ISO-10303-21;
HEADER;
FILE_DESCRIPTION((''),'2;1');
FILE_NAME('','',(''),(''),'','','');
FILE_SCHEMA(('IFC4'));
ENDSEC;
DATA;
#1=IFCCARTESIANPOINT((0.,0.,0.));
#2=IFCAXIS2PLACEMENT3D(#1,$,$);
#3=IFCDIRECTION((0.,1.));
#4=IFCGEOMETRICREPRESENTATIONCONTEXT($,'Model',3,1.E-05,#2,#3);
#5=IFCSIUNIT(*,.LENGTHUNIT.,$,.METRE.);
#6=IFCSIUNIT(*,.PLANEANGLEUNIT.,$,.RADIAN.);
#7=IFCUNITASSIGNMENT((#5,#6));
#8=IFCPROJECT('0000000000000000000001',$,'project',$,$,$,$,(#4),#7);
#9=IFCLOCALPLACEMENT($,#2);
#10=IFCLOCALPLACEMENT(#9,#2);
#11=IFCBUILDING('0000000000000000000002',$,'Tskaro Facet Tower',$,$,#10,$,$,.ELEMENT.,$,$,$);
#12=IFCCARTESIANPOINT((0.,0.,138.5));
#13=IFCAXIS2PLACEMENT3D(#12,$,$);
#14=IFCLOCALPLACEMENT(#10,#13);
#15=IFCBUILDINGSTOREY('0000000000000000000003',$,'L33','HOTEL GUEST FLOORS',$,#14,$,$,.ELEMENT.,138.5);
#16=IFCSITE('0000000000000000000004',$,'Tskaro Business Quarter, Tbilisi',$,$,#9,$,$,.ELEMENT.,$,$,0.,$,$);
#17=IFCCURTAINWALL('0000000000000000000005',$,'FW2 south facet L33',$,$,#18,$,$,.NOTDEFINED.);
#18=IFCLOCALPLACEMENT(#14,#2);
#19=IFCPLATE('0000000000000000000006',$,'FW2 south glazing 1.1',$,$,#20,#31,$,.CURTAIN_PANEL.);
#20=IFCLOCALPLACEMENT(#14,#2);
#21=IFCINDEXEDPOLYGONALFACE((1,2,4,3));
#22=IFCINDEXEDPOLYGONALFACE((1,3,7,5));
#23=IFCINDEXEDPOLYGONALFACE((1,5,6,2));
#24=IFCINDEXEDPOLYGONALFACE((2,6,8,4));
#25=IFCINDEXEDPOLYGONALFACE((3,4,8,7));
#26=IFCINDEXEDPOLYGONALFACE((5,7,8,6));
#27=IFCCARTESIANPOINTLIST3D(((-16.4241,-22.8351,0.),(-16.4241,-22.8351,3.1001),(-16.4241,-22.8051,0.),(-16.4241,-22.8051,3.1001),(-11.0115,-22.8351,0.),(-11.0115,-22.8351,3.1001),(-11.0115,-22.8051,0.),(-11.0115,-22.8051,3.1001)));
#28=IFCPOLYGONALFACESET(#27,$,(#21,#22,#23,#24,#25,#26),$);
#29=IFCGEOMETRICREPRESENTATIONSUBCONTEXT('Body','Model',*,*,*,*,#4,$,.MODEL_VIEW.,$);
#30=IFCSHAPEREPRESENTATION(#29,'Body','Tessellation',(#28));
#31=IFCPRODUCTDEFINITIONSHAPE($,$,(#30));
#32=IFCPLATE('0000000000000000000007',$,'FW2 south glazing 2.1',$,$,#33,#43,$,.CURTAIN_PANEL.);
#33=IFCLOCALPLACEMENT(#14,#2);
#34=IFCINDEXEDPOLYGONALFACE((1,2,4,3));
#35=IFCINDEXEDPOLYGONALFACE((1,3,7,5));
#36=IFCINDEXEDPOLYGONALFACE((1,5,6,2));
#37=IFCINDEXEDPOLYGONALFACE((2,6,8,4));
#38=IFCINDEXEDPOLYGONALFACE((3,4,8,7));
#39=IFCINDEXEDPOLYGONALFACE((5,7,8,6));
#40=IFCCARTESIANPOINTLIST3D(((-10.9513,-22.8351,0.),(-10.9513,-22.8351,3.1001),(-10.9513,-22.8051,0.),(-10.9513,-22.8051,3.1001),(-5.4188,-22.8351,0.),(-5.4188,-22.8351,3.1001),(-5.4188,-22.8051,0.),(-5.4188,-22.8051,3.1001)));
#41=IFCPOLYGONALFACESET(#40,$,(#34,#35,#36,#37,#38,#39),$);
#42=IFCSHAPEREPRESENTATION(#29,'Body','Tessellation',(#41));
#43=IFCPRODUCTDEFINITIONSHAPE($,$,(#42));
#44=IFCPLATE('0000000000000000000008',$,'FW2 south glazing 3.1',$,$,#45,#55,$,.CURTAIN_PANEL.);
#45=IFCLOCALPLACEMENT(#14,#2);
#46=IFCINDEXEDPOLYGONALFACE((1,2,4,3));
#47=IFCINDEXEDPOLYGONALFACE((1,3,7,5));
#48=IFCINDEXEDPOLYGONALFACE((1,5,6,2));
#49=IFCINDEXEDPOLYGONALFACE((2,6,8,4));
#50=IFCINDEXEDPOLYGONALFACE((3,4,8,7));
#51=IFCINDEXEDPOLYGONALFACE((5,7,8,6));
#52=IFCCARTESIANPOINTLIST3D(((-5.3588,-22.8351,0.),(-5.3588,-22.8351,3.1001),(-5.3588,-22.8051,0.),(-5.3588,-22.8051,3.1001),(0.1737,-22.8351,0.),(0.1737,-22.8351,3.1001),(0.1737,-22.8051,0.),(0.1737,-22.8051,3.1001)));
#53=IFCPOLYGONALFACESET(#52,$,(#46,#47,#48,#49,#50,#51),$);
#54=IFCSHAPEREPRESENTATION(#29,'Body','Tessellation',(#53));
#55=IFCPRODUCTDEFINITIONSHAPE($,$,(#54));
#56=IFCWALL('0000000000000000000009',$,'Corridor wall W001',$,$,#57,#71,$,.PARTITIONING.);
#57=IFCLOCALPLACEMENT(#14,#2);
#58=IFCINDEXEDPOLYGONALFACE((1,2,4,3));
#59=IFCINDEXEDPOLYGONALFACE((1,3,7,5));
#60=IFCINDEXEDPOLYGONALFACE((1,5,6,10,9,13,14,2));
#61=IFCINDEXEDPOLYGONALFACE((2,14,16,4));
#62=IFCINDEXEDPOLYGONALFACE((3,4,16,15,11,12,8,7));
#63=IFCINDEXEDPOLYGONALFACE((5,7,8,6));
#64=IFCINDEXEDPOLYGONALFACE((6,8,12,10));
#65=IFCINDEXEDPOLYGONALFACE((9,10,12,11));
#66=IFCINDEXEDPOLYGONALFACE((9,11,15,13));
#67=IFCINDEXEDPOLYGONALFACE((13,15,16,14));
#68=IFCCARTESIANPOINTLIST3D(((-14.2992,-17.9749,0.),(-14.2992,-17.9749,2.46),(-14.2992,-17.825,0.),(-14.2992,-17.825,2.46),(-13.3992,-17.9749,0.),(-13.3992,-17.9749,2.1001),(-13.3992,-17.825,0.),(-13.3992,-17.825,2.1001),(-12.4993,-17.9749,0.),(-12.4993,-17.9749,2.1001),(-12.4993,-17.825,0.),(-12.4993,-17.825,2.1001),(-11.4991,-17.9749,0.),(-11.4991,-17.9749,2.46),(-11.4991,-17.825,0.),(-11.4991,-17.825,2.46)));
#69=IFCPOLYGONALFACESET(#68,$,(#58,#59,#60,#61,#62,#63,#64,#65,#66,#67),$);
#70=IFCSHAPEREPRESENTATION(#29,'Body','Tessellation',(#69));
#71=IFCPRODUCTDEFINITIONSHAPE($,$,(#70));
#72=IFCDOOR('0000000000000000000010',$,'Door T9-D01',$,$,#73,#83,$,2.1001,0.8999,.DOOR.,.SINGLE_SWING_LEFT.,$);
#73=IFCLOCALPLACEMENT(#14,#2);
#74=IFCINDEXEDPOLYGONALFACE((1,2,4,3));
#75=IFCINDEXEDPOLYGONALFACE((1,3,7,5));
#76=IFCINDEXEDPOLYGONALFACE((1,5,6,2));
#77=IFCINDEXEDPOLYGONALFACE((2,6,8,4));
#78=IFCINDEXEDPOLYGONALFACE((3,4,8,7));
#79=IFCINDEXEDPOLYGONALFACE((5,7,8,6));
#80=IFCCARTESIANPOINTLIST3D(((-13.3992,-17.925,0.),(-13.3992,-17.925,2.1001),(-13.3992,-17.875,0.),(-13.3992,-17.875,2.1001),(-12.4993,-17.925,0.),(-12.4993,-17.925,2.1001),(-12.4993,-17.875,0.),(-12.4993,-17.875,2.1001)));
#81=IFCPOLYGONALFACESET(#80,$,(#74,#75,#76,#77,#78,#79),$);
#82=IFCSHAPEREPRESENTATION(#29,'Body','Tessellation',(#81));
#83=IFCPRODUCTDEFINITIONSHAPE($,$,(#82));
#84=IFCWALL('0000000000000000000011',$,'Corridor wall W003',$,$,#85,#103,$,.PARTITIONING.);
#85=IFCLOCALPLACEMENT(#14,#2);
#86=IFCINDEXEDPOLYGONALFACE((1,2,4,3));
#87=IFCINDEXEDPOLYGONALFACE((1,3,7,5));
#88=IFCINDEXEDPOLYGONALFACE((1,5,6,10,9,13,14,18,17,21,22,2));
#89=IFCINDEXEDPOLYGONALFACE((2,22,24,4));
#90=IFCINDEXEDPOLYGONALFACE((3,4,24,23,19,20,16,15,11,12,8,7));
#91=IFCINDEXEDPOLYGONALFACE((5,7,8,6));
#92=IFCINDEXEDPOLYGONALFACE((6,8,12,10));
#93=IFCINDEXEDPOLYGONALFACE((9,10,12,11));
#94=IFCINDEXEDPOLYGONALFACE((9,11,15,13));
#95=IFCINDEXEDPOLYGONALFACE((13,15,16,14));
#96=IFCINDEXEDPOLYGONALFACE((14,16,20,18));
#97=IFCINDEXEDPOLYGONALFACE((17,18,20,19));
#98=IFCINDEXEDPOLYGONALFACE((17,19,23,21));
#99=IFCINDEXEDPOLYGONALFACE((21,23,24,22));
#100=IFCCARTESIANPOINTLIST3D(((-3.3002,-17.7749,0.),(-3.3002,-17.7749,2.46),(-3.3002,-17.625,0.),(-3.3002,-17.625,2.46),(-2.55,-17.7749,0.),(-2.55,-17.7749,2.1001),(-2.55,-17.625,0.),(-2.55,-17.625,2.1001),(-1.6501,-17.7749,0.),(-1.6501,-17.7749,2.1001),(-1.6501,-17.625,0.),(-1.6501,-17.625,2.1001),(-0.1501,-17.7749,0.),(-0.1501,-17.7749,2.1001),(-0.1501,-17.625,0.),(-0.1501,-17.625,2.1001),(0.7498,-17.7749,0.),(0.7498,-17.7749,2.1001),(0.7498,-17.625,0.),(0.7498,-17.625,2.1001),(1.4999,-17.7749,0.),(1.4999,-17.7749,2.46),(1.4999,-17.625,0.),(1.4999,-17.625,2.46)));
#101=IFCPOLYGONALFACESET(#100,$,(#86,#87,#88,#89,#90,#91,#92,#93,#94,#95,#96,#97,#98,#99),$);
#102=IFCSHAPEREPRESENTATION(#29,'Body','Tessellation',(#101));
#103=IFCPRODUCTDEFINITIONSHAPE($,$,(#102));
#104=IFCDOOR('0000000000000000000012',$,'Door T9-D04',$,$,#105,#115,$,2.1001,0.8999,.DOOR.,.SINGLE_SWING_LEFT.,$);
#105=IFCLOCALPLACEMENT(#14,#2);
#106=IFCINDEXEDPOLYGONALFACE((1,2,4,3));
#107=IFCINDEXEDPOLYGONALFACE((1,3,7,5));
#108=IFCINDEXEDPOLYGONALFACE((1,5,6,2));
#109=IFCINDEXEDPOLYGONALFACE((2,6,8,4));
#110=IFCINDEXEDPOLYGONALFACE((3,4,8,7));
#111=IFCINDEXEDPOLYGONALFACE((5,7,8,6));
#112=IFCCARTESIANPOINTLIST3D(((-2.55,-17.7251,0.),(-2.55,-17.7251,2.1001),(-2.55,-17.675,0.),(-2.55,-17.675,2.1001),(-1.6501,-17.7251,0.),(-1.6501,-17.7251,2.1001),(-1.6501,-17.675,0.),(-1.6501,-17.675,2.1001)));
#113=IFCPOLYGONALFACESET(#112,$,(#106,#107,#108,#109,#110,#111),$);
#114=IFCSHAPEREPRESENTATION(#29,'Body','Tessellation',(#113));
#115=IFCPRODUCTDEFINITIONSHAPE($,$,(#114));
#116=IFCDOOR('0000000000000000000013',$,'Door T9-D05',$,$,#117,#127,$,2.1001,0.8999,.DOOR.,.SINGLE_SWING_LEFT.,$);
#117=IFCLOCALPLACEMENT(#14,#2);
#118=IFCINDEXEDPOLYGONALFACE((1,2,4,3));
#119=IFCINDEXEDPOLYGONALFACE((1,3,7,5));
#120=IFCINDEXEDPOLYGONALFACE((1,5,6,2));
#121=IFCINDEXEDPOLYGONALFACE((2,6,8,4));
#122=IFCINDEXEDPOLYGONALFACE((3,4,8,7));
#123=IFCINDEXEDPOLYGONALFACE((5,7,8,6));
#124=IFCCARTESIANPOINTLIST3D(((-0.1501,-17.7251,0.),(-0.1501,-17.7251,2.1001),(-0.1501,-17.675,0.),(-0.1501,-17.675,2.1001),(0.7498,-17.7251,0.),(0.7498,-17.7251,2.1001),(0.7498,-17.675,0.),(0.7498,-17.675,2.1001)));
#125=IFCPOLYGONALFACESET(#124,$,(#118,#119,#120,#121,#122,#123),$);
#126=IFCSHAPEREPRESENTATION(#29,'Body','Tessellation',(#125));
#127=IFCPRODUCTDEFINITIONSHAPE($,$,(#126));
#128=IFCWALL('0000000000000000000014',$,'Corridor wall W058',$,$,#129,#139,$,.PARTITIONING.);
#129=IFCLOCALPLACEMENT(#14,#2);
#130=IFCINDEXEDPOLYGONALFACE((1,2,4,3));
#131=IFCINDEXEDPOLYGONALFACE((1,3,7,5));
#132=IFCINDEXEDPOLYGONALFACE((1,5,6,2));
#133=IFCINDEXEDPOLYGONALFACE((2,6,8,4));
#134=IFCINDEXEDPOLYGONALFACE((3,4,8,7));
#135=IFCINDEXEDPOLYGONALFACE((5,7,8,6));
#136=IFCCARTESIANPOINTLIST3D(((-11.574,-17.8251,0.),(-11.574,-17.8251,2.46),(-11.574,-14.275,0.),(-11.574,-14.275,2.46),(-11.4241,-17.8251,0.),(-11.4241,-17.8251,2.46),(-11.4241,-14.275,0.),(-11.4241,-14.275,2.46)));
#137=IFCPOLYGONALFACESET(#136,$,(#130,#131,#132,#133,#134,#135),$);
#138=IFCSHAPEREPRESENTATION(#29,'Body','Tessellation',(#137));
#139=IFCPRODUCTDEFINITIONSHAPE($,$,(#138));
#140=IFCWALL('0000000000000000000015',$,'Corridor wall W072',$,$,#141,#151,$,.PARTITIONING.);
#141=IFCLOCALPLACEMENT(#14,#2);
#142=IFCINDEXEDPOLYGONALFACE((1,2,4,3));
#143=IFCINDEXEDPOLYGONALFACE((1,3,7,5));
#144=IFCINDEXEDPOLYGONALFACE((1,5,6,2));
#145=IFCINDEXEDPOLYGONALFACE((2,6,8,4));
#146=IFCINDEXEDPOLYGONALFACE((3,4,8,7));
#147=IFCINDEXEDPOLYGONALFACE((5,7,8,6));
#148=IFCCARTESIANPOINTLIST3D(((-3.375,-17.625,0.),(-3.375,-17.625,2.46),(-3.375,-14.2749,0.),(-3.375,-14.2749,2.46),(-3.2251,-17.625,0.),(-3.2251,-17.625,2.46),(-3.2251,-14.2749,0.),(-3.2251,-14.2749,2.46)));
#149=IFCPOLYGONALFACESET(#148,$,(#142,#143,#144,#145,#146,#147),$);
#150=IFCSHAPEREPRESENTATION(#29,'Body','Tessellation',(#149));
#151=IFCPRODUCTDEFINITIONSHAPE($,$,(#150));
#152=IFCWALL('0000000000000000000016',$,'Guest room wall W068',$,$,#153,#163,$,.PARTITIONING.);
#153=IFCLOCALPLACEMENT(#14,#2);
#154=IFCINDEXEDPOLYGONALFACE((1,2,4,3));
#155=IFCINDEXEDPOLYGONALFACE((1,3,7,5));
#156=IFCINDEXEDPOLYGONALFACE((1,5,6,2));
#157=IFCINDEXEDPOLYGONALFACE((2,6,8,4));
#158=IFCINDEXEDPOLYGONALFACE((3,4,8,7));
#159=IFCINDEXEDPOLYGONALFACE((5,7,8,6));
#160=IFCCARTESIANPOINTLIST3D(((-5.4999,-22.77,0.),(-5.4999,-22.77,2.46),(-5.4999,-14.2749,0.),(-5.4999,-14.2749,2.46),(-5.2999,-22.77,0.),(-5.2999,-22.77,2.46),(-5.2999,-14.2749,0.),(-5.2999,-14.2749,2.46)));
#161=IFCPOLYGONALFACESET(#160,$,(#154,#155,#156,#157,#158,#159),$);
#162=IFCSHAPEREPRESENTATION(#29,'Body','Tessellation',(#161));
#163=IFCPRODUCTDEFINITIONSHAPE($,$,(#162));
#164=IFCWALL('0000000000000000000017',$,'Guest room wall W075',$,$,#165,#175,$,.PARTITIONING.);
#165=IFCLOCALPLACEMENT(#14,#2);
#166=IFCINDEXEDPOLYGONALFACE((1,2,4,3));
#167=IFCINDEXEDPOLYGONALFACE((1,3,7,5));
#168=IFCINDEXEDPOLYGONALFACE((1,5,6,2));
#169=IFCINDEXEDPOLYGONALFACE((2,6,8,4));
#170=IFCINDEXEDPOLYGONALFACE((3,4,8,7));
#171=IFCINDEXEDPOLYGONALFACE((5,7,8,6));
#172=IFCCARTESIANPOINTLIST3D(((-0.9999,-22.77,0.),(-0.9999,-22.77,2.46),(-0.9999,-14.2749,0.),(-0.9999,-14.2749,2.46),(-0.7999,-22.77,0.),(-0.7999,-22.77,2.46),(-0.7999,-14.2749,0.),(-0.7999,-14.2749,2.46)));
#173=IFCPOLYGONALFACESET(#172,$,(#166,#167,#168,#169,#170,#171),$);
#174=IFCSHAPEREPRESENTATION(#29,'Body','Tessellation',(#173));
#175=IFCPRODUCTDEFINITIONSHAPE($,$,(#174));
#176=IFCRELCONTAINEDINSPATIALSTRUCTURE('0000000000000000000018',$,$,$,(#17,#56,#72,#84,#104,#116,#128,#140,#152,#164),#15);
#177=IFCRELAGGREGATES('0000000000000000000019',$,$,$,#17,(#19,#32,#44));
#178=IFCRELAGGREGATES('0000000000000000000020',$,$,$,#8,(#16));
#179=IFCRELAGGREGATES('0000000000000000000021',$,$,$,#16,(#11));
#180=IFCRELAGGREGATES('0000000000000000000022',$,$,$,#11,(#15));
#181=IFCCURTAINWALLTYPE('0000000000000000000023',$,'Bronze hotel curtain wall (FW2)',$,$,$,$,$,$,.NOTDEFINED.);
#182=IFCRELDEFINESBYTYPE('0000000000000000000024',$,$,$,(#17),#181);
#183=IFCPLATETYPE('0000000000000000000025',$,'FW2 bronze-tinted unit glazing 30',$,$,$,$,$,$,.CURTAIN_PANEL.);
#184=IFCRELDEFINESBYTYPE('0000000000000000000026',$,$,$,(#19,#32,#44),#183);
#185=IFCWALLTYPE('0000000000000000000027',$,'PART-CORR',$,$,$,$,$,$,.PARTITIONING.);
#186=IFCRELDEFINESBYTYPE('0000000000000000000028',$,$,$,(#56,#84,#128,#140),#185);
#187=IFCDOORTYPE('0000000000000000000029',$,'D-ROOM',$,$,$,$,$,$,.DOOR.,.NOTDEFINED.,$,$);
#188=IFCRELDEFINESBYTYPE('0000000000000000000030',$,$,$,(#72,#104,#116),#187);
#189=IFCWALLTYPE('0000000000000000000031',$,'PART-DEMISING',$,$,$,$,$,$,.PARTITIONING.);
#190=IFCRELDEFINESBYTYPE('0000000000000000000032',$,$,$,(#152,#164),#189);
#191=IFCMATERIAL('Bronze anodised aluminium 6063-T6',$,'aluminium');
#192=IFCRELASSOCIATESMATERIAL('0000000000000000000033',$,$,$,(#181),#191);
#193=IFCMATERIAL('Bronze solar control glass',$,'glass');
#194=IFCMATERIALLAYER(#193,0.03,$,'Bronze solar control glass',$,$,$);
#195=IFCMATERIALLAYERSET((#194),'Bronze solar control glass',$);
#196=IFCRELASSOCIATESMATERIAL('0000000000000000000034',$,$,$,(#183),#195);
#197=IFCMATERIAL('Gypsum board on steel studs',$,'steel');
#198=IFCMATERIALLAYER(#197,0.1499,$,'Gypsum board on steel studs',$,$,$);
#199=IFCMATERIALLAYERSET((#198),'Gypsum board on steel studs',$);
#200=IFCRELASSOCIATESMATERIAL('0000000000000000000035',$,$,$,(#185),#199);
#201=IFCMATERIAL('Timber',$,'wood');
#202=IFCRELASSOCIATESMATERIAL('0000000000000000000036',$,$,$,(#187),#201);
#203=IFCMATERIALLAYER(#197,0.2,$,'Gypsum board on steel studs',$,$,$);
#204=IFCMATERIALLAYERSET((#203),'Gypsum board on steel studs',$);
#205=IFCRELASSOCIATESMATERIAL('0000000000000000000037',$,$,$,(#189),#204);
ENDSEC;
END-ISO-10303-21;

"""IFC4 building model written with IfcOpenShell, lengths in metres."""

from ifc_helpers import new_model, si_unit, direction, frame, frame_2d, origin, origin_2d, place, context, subcontext, project, spatial, rectangle, extrude, material, layer, layer_set, type_object, element, fill, aggregate, save


model = new_model("IFC4")

# Units and contexts
model_context = context("Model", 3, precision=1e-05, world=origin(), true_north=direction((0.0, 1.0)))
body_context = subcontext(model_context, "Body", "Model", "MODEL_VIEW")
ifc_project = project(units=[si_unit("LENGTHUNIT", "METRE"), si_unit("PLANEANGLEUNIT", "RADIAN")], contexts=[model_context])

# Site, building, storey
site_placement = place(None, origin())
site = spatial("IfcSite", under=ifc_project, at=site_placement, Name="Tskaro Business Quarter, Tbilisi", CompositionType="ELEMENT", RefElevation=0.0)
building_placement = place(site_placement, origin())
building = spatial("IfcBuilding", under=site, at=building_placement, Name="Tskaro Facet Tower", CompositionType="ELEMENT")
storey_placement = place(building_placement, frame((0.0, 0.0, 138.5)))
storey = spatial("IfcBuildingStorey", under=building, at=storey_placement, Name="L33", Description="HOTEL GUEST FLOORS", CompositionType="ELEMENT", Elevation=138.5)

# Curtain wall
ifc_material_1 = material(Name="Bronze anodised aluminium 6063-T6", Category="aluminium")
curtain_wall_type = type_object("IfcCurtainWallType", Name="Bronze hotel curtain wall (FW2)", PredefinedType="NOTDEFINED", material=ifc_material_1)
curtain_wall_placement = place(storey_placement, origin())
curtain_wall = element("IfcCurtainWall", 1, at=curtain_wall_placement, inside=storey, type_object=curtain_wall_type, Name="FW2 south facet L33", PredefinedType="NOTDEFINED")

# Plates
ifc_material_2 = material(Name="Bronze solar control glass", Category="glass")
ifc_layer_1 = layer(ifc_material_2, 0.03, Name="Bronze solar control glass")
ifc_layer_set_1 = layer_set([ifc_layer_1], Name="Bronze solar control glass")
plate_type = type_object("IfcPlateType", Name="FW2 bronze-tinted unit glazing 30", PredefinedType="CURTAIN_PANEL", material=ifc_layer_set_1)
plate_1_placement = place(storey_placement, frame((-13.7178, -22.8201, 0.0), z_axis=(0.0, 0.0, 1.0), x_axis=(1.0, 0.0, 0.0)))
plate_1 = element("IfcPlate", 2, at=plate_1_placement, type_object=plate_type, Name="FW2 south glazing 1.1", PredefinedType="CURTAIN_PANEL", context=body_context, shape_type="SweptSolid", body=[
    extrude(rectangle(XDim=5.4126, YDim=0.03, at=origin_2d()), origin(), (0.0, 0.0, 1.0), 3.1001),
])
plate_2_placement = place(storey_placement, frame((-8.1851, -22.8201, 0.0), z_axis=(0.0, 0.0, 1.0), x_axis=(1.0, 0.0, 0.0)))
plate_2 = element("IfcPlate", 3, at=plate_2_placement, type_object=plate_type, Name="FW2 south glazing 2.1", PredefinedType="CURTAIN_PANEL", context=body_context, shape_type="SweptSolid", body=[
    extrude(rectangle(XDim=5.5325, YDim=0.03, at=origin_2d()), origin(), (0.0, 0.0, 1.0), 3.1001),
])
plate_3_placement = place(storey_placement, frame((-2.5925, -22.8201, 0.0), z_axis=(0.0, 0.0, 1.0), x_axis=(1.0, 0.0, 0.0)))
plate_3 = element("IfcPlate", 4, at=plate_3_placement, type_object=plate_type, Name="FW2 south glazing 3.1", PredefinedType="CURTAIN_PANEL", context=body_context, shape_type="SweptSolid", body=[
    extrude(rectangle(XDim=5.5325, YDim=0.03, at=origin_2d()), origin(), (0.0, 0.0, 1.0), 3.1001),
])
aggregate(curtain_wall, [plate_1, plate_2, plate_3])

# Wall, opening, door
ifc_material_3 = material(Name="Gypsum board on steel studs", Category="steel")
ifc_layer_2 = layer(ifc_material_3, 0.1499, Name="Gypsum board on steel studs")
ifc_layer_set_2 = layer_set([ifc_layer_2], Name="Gypsum board on steel studs")
wall_type_1 = type_object("IfcWallType", Name="PART-CORR", PredefinedType="PARTITIONING", material=ifc_layer_set_2)
wall_1_placement = place(storey_placement, frame((-14.2991, -17.8999, 0.0), z_axis=(0.0, 0.0, 1.0), x_axis=(1.0, 0.0, 0.0)))
wall_1 = element("IfcWall", 5, at=wall_1_placement, inside=storey, type_object=wall_type_1, Name="Corridor wall W001", PredefinedType="PARTITIONING", context=body_context, shape_type="SweptSolid", body=[
    extrude(rectangle(XDim=2.8, YDim=0.1499, at=frame_2d((1.3999, 0.0))), origin(), (0.0, 0.0, 1.0), 2.46),
])
opening_1_placement = place(wall_1_placement, frame((0.8999, 0.0, 0.0)))
opening_1 = element("IfcOpeningElement", 6, at=opening_1_placement, cuts=wall_1, PredefinedType="OPENING", context=body_context, shape_type="SweptSolid", body=[
    extrude(rectangle(XDim=0.8999, YDim=2.1001, at=frame_2d((0.45, 1.05))), frame((0.0, 0.085, 0.0), z_axis=(0.0, -1.0, 0.0), x_axis=(1.0, 0.0, 0.0)), (0.0, 0.0, 1.0), 0.1699),
])
ifc_material_4 = material(Name="Timber", Category="wood")
door_type = type_object("IfcDoorType", Name="D-ROOM", OperationType="NOTDEFINED", PredefinedType="DOOR", material=ifc_material_4)
door_1_placement = place(opening_1_placement, origin())
door_1 = element("IfcDoor", 7, at=door_1_placement, inside=storey, type_object=door_type, Name="Door T9-D01", OperationType="SINGLE_SWING_LEFT", OverallHeight=2.1001, OverallWidth=0.8999, PredefinedType="DOOR", context=body_context, shape_type="SweptSolid", body=[
    extrude(rectangle(XDim=0.8999, YDim=2.1001, at=frame_2d((0.45, 1.05))), frame((0.0, 0.0249, 0.0), z_axis=(0.0, -1.0, 0.0), x_axis=(1.0, 0.0, 0.0)), (0.0, 0.0, 1.0), 0.05),
])
fill(opening_1, door_1)

# Wall, openings, doors
wall_2_placement = place(storey_placement, frame((-3.3, -17.7, 0.0), z_axis=(0.0, 0.0, 1.0), x_axis=(1.0, 0.0, 0.0)))
wall_2 = element("IfcWall", 8, at=wall_2_placement, inside=storey, type_object=wall_type_1, Name="Corridor wall W003", PredefinedType="PARTITIONING", context=body_context, shape_type="SweptSolid", body=[
    extrude(rectangle(XDim=4.8, YDim=0.1499, at=frame_2d((2.3999, 0.0))), origin(), (0.0, 0.0, 1.0), 2.46),
])
opening_2_placement = place(wall_2_placement, frame((0.75, 0.0, 0.0)))
opening_2 = element("IfcOpeningElement", 9, at=opening_2_placement, cuts=wall_2, PredefinedType="OPENING", context=body_context, shape_type="SweptSolid", body=[
    extrude(rectangle(XDim=0.8999, YDim=2.1001, at=frame_2d((0.45, 1.05))), frame((0.0, 0.085, 0.0), z_axis=(0.0, -1.0, 0.0), x_axis=(1.0, 0.0, 0.0)), (0.0, 0.0, 1.0), 0.1699),
])
opening_3_placement = place(wall_2_placement, frame((3.1499, 0.0, 0.0)))
opening_3 = element("IfcOpeningElement", 10, at=opening_3_placement, cuts=wall_2, PredefinedType="OPENING", context=body_context, shape_type="SweptSolid", body=[
    extrude(rectangle(XDim=0.8999, YDim=2.1001, at=frame_2d((0.45, 1.05))), frame((0.0, 0.085, 0.0), z_axis=(0.0, -1.0, 0.0), x_axis=(1.0, 0.0, 0.0)), (0.0, 0.0, 1.0), 0.1699),
])
door_2_placement = place(opening_2_placement, origin())
door_2 = element("IfcDoor", 11, at=door_2_placement, inside=storey, type_object=door_type, Name="Door T9-D04", OperationType="SINGLE_SWING_LEFT", OverallHeight=2.1001, OverallWidth=0.8999, PredefinedType="DOOR", context=body_context, shape_type="SweptSolid", body=[
    extrude(rectangle(XDim=0.8999, YDim=2.1001, at=frame_2d((0.45, 1.05))), frame((0.0, 0.0249, 0.0), z_axis=(0.0, -1.0, 0.0), x_axis=(1.0, 0.0, 0.0)), (0.0, 0.0, 1.0), 0.05),
])
fill(opening_2, door_2)
door_3_placement = place(opening_3_placement, origin())
door_3 = element("IfcDoor", 12, at=door_3_placement, inside=storey, type_object=door_type, Name="Door T9-D05", OperationType="SINGLE_SWING_LEFT", OverallHeight=2.1001, OverallWidth=0.8999, PredefinedType="DOOR", context=body_context, shape_type="SweptSolid", body=[
    extrude(rectangle(XDim=0.8999, YDim=2.1001, at=frame_2d((0.45, 1.05))), frame((0.0, 0.0249, 0.0), z_axis=(0.0, -1.0, 0.0), x_axis=(1.0, 0.0, 0.0)), (0.0, 0.0, 1.0), 0.05),
])
fill(opening_3, door_3)

# Walls
wall_3_placement = place(storey_placement, frame((-11.499, -17.825, 0.0), z_axis=(0.0, 0.0, 1.0), x_axis=(0.0, 1.0, 0.0)))
element("IfcWall", 13, at=wall_3_placement, inside=storey, type_object=wall_type_1, Name="Corridor wall W058", PredefinedType="PARTITIONING", context=body_context, shape_type="SweptSolid", body=[
    extrude(rectangle(XDim=3.55, YDim=0.1499, at=frame_2d((1.7749, 0.0))), origin(), (0.0, 0.0, 1.0), 2.46),
])
wall_4_placement = place(storey_placement, frame((-3.3, -17.625, 0.0), z_axis=(0.0, 0.0, 1.0), x_axis=(0.0, 1.0, 0.0)))
element("IfcWall", 14, at=wall_4_placement, inside=storey, type_object=wall_type_1, Name="Corridor wall W072", PredefinedType="PARTITIONING", context=body_context, shape_type="SweptSolid", body=[
    extrude(rectangle(XDim=3.3501, YDim=0.1499, at=frame_2d((1.675, 0.0))), origin(), (0.0, 0.0, 1.0), 2.46),
])
ifc_layer_3 = layer(ifc_material_3, 0.2, Name="Gypsum board on steel studs")
ifc_layer_set_3 = layer_set([ifc_layer_3], Name="Gypsum board on steel studs")
wall_type_2 = type_object("IfcWallType", Name="PART-DEMISING", PredefinedType="PARTITIONING", material=ifc_layer_set_3)
for number, where, z_axis, x_axis, name in (
    (15, (-5.3999, -22.77, 0.0), (0.0, 0.0, 1.0), (0.0, 1.0, 0.0), "Guest room wall W068"),
    (16, (-0.8999, -22.77, 0.0), (0.0, 0.0, 1.0), (0.0, 1.0, 0.0), "Guest room wall W075"),
):
    element("IfcWall", number, at=place(storey_placement, frame(where, z_axis=z_axis, x_axis=x_axis)), inside=storey, type_object=wall_type_2, Name=name, PredefinedType="PARTITIONING", context=body_context, shape_type="SweptSolid", body=[
        extrude(rectangle(XDim=8.4951, YDim=0.2, at=frame_2d((4.2476, 0.0))), origin(), (0.0, 0.0, 1.0), 2.46),
    ])

save(model, "model.ifc")
